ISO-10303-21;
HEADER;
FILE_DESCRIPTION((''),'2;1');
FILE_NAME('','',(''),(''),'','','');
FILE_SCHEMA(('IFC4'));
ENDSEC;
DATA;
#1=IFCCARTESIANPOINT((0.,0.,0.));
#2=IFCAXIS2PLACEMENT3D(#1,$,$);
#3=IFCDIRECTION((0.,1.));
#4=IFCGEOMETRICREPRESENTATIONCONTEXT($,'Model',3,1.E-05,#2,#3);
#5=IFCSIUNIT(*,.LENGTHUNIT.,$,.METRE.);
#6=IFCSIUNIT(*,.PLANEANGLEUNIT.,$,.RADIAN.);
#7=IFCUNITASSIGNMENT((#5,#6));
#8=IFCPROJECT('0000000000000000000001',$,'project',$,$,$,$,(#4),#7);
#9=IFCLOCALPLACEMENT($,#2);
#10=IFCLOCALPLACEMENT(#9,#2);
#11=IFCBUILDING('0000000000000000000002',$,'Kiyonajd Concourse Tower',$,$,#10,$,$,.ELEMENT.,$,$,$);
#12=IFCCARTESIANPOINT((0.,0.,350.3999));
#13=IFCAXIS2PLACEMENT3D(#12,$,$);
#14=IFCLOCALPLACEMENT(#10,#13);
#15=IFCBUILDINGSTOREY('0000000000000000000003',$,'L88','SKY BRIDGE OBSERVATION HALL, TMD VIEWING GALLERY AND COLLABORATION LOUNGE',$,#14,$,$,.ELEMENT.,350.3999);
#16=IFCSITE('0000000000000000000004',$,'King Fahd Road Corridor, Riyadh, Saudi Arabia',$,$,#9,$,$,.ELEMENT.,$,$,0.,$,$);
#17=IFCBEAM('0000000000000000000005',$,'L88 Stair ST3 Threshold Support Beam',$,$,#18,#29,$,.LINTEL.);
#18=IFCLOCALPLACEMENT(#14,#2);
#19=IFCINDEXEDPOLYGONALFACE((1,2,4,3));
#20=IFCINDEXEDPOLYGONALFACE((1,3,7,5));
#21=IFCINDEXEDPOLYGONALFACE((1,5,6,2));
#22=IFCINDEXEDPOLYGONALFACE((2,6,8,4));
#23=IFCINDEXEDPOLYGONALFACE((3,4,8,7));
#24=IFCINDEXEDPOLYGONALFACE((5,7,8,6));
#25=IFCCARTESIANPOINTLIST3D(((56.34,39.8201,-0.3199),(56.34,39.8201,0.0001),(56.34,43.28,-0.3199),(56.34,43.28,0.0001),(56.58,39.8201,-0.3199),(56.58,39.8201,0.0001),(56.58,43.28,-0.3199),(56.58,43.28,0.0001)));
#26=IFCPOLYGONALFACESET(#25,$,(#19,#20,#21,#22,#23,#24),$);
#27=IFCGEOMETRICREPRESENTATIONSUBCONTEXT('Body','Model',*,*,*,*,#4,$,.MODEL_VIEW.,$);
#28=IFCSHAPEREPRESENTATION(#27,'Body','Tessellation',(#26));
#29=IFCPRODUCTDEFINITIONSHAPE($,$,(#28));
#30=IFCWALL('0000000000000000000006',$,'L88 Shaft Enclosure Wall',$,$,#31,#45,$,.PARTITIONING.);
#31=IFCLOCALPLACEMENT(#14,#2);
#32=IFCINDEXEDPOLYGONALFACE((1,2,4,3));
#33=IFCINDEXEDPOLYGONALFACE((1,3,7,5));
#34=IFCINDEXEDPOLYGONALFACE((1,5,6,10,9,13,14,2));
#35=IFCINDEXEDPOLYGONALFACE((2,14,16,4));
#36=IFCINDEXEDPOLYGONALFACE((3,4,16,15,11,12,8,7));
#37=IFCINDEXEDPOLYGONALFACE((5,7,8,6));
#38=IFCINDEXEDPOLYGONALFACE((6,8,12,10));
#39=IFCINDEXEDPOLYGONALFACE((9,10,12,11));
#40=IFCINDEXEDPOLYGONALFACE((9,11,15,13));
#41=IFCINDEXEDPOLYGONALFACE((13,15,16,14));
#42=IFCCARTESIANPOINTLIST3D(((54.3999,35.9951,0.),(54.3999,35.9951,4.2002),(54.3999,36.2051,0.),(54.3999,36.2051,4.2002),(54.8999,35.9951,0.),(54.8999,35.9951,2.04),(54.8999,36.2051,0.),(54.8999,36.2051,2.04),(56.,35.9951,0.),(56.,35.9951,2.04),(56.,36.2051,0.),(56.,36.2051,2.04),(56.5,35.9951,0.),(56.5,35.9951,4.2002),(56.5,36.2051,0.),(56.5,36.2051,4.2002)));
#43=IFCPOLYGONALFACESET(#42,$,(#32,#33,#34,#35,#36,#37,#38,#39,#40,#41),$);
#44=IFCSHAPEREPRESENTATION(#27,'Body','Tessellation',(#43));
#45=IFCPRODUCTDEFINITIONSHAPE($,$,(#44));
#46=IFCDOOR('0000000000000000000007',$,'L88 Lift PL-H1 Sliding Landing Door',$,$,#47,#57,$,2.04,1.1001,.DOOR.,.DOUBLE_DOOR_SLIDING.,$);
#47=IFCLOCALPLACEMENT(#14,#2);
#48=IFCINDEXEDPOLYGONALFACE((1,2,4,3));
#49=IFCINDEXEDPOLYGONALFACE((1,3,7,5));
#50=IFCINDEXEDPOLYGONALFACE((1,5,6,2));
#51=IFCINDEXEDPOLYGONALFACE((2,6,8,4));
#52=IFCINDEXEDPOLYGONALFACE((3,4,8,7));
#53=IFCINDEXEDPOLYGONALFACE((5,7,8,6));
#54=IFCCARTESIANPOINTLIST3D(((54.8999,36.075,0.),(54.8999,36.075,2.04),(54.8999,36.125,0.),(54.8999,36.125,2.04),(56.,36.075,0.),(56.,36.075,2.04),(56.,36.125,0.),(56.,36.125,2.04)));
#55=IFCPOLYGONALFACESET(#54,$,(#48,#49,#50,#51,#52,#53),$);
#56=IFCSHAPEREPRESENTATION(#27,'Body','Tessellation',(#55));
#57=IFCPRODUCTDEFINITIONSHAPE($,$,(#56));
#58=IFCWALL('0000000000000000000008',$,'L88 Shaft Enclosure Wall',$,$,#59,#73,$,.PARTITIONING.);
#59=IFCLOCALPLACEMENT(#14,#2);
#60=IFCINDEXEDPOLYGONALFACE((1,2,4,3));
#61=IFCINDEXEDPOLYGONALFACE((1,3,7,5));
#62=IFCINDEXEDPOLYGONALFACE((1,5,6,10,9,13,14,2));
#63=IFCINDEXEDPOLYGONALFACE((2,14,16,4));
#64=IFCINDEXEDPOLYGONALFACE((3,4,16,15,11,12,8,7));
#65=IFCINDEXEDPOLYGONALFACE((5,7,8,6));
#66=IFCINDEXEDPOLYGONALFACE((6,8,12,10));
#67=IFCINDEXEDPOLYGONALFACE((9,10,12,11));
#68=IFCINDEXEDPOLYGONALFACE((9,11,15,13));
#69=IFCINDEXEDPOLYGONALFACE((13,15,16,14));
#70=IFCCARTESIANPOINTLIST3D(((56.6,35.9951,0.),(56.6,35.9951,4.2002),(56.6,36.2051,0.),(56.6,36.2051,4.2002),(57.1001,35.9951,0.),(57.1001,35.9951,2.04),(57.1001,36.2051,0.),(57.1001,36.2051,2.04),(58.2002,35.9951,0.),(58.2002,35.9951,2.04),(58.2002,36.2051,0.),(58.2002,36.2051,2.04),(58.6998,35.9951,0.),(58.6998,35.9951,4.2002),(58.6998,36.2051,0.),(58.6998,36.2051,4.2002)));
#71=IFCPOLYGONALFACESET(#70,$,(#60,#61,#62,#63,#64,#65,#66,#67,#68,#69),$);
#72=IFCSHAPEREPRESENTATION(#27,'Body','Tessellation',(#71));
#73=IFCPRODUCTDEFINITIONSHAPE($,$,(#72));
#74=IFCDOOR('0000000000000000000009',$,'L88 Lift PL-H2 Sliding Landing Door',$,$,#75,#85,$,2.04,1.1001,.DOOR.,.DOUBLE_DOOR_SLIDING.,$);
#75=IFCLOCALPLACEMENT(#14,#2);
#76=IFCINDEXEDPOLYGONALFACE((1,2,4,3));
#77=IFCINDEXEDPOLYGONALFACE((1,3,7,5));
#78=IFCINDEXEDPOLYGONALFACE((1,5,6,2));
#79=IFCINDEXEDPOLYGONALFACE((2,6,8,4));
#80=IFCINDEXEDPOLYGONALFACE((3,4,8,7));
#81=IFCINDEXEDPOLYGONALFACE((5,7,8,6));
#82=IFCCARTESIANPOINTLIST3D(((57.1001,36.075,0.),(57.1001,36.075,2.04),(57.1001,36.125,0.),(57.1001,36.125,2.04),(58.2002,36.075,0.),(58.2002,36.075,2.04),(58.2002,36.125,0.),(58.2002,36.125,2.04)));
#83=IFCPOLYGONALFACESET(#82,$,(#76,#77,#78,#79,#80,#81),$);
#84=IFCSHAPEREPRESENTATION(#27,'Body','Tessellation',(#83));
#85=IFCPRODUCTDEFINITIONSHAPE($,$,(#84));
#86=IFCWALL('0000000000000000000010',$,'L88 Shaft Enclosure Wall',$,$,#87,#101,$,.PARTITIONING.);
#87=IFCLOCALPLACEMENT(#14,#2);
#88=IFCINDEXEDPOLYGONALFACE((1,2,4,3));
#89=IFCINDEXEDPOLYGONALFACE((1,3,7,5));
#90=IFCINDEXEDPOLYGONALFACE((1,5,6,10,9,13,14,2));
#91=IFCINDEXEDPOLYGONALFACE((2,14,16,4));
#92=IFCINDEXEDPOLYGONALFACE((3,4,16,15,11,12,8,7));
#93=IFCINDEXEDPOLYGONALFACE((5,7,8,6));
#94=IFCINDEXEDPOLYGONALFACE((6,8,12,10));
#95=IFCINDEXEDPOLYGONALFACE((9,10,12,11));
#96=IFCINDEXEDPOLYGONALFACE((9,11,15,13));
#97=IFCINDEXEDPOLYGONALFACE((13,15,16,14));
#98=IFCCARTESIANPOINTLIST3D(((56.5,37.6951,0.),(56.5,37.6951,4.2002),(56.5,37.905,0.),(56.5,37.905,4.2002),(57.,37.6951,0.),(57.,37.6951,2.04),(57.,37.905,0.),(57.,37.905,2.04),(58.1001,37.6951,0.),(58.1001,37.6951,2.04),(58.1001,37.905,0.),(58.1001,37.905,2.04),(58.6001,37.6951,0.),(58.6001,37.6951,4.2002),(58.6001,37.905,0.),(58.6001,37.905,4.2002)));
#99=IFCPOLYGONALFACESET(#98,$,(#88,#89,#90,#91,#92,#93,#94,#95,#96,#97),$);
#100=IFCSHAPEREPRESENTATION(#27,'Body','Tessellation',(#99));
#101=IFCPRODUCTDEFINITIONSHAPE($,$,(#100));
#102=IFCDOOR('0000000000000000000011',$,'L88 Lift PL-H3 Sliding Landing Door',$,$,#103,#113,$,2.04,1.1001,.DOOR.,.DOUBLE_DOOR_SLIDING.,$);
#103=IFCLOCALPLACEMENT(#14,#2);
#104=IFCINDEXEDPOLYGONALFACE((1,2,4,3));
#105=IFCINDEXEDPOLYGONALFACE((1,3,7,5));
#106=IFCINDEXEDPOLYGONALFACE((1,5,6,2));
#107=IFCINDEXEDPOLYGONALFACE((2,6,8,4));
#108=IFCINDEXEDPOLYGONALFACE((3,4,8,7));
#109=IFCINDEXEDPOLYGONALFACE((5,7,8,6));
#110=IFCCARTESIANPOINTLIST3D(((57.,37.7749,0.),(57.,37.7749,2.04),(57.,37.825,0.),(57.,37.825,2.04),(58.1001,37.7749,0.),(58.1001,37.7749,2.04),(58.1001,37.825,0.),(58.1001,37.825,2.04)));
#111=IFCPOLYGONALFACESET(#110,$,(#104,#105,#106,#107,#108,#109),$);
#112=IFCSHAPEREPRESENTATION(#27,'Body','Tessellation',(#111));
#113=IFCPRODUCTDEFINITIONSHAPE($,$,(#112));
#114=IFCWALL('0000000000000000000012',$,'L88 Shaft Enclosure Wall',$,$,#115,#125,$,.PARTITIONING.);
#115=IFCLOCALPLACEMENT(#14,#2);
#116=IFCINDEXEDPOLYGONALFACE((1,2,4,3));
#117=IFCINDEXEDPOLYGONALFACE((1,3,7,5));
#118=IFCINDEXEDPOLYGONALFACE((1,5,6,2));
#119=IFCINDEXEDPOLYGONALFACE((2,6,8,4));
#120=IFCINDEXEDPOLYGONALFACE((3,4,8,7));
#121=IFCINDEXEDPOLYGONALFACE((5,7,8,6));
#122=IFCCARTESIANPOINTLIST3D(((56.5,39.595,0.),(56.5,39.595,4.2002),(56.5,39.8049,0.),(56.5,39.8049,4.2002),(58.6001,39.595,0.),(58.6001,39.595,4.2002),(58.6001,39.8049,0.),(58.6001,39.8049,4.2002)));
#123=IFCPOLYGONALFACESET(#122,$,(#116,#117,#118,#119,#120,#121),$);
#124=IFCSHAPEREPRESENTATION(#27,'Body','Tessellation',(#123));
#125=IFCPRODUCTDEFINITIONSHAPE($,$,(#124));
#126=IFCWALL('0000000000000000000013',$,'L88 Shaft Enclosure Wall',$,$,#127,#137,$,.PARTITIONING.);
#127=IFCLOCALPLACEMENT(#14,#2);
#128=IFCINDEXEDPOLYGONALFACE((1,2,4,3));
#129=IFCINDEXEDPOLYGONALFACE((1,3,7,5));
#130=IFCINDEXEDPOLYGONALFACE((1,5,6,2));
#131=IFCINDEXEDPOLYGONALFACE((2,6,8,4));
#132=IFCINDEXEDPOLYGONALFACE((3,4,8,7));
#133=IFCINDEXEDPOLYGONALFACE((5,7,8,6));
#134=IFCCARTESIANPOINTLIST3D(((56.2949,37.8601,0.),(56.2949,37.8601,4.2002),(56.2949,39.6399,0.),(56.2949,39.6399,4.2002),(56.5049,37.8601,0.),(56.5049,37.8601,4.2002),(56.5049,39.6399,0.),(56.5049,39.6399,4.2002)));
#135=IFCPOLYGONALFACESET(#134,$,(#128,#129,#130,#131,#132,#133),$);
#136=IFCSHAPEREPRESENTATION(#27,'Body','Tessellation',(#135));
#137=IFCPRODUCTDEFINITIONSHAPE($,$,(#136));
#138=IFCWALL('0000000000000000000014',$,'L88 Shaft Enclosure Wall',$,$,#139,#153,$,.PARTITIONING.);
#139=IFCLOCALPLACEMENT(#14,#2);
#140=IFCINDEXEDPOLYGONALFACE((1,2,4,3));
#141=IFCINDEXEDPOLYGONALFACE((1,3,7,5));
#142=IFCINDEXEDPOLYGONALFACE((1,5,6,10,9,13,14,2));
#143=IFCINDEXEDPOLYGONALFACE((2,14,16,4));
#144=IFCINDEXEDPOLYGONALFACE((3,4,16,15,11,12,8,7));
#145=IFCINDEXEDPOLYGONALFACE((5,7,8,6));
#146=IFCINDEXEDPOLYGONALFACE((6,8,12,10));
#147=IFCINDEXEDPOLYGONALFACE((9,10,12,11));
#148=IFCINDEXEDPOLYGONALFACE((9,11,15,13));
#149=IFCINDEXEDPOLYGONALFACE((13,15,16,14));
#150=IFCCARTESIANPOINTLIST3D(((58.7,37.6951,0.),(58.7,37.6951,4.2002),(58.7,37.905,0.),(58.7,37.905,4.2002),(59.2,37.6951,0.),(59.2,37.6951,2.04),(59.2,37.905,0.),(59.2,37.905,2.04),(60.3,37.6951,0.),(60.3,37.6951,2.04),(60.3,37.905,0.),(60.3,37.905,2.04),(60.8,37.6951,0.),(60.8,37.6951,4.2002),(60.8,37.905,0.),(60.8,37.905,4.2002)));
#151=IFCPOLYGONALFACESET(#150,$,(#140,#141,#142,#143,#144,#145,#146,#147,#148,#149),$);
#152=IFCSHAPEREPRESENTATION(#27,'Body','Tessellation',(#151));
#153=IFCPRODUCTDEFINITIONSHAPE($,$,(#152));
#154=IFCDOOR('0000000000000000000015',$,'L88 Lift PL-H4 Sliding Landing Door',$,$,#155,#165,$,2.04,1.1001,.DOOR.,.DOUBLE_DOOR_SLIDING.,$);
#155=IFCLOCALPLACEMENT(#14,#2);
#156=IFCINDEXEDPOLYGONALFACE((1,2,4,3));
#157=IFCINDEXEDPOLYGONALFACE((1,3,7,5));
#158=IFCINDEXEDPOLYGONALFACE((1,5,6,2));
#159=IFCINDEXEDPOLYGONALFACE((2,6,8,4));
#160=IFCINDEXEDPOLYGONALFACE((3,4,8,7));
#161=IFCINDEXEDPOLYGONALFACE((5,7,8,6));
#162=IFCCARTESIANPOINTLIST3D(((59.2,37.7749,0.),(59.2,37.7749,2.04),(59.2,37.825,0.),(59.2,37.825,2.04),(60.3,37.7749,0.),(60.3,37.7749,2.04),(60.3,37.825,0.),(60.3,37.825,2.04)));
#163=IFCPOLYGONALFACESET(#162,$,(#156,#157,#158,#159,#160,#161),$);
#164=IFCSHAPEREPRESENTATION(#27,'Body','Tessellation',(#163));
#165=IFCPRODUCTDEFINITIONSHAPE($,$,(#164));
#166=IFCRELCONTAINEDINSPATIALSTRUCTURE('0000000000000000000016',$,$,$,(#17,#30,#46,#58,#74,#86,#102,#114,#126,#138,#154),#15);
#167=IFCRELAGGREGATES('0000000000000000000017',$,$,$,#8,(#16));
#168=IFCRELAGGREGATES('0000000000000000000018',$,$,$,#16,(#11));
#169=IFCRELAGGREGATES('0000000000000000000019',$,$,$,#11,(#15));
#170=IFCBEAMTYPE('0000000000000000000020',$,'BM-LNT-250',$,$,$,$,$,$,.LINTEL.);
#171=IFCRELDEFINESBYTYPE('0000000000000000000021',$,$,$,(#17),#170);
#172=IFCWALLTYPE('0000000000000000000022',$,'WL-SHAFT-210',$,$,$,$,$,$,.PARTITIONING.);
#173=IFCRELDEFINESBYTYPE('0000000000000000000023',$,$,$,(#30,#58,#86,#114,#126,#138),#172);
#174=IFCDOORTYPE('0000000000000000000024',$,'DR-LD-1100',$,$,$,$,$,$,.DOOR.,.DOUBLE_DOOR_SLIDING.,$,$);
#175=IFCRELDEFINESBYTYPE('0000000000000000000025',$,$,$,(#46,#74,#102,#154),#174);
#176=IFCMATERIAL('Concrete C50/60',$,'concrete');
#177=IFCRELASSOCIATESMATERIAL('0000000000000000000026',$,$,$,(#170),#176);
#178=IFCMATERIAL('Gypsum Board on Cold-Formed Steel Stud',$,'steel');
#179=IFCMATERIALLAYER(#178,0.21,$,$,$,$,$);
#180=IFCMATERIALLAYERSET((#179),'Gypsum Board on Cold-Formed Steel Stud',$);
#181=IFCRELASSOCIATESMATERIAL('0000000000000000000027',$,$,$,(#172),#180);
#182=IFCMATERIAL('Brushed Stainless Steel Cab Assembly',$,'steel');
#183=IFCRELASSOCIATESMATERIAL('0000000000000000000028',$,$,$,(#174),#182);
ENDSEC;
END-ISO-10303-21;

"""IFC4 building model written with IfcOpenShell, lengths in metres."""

from ifc_helpers import new_model, si_unit, direction, frame, frame_2d, origin, origin_2d, place, context, subcontext, project, spatial, rectangle, extrude, material, layer, layer_set, material_profile, profile_set, type_object, element, fill, save


model = new_model("IFC4")

# Units and contexts
model_context = context("Model", 3, precision=1e-05, world=origin(), true_north=direction((0.0, 1.0)))
body_context = subcontext(model_context, "Body", "Model", "MODEL_VIEW")
ifc_project = project(units=[si_unit("LENGTHUNIT", "METRE"), si_unit("PLANEANGLEUNIT", "RADIAN")], contexts=[model_context])

# Site, building, storey
site_placement = place(None, origin())
site = spatial("IfcSite", under=ifc_project, at=site_placement, Name="King Fahd Road Corridor, Riyadh, Saudi Arabia", CompositionType="ELEMENT", RefElevation=0.0)
building_placement = place(site_placement, origin())
building = spatial("IfcBuilding", under=site, at=building_placement, Name="Kiyonajd Concourse Tower", CompositionType="ELEMENT")
storey_placement = place(building_placement, frame((0.0, 0.0, 350.3999)))
storey = spatial("IfcBuildingStorey", under=building, at=storey_placement, Name="L88", Description="SKY BRIDGE OBSERVATION HALL, TMD VIEWING GALLERY AND COLLABORATION LOUNGE", CompositionType="ELEMENT", Elevation=350.3999)

# Beam
ifc_material_1 = material(Name="Concrete C50/60", Category="concrete")
ifc_material_profile = material_profile(ifc_material_1, rectangle(XDim=0.24, YDim=0.3201, at=origin_2d()), Name="RCBM-240x320")
ifc_profile_set = profile_set([ifc_material_profile], Name="Concrete C50/60")
beam_type = type_object("IfcBeamType", Name="BM-LNT-250", PredefinedType="LINTEL", material=ifc_profile_set)
beam_placement = place(storey_placement, frame((56.46, 39.8201, -0.1599), z_axis=(0.0, 1.0, 0.0), x_axis=(-1.0, 0.0, 0.0)))
element("IfcBeam", 1, at=beam_placement, inside=storey, type_object=beam_type, Name="L88 Stair ST3 Threshold Support Beam", PredefinedType="LINTEL", context=body_context, shape_type="SweptSolid", body=[
    extrude(rectangle(XDim=0.24, YDim=0.3201, at=origin_2d()), origin(), (0.0, 0.0, 1.0), 3.46),
])

# Walls, openings, doors
ifc_material_2 = material(Name="Gypsum Board on Cold-Formed Steel Stud", Category="steel")
ifc_layer_1 = layer(ifc_material_2, 0.21)
ifc_layer_set_1 = layer_set([ifc_layer_1], Name="Gypsum Board on Cold-Formed Steel Stud")
wall_type_1 = type_object("IfcWallType", Name="WL-SHAFT-210", PredefinedType="PARTITIONING", material=ifc_layer_set_1)
wall_1_placement = place(storey_placement, frame((54.3999, 36.1001, 0.0), z_axis=(0.0, 0.0, 1.0), x_axis=(1.0, 0.0, 0.0)))
wall_1 = element("IfcWall", 2, at=wall_1_placement, inside=storey, type_object=wall_type_1, Name="L88 Shaft Enclosure Wall", PredefinedType="PARTITIONING", context=body_context, shape_type="SweptSolid", body=[
    extrude(rectangle(XDim=2.1001, YDim=0.21, at=frame_2d((1.05, 0.0))), origin(), (0.0, 0.0, 1.0), 4.2002),
])
opening_1_placement = place(wall_1_placement, frame((0.5, 0.0, 0.0)))
opening_1 = element("IfcOpeningElement", 3, at=opening_1_placement, cuts=wall_1, PredefinedType="OPENING", context=body_context, shape_type="SweptSolid", body=[
    extrude(rectangle(XDim=1.1001, YDim=2.04, at=frame_2d((0.55, 1.02))), frame((0.0, 0.115, 0.0), z_axis=(0.0, -1.0, 0.0), x_axis=(1.0, 0.0, 0.0)), (0.0, 0.0, 1.0), 0.23),
])
ifc_material_3 = material(Name="Brushed Stainless Steel Cab Assembly", Category="steel")
door_type_1 = type_object("IfcDoorType", Name="DR-LD-1100", OperationType="DOUBLE_DOOR_SLIDING", PredefinedType="DOOR", material=ifc_material_3)
door_1_placement = place(opening_1_placement, origin())
door_1 = element("IfcDoor", 4, at=door_1_placement, inside=storey, type_object=door_type_1, Name="L88 Lift PL-H1 Sliding Landing Door", OperationType="DOUBLE_DOOR_SLIDING", OverallHeight=2.04, OverallWidth=1.1001, PredefinedType="DOOR", context=body_context, shape_type="SweptSolid", body=[
    extrude(rectangle(XDim=1.1001, YDim=2.04, at=frame_2d((0.55, 1.02))), frame((0.0, 0.0249, 0.0), z_axis=(0.0, -1.0, 0.0), x_axis=(1.0, 0.0, 0.0)), (0.0, 0.0, 1.0), 0.05),
])
fill(opening_1, door_1)
wall_2_placement = place(storey_placement, frame((56.6001, 36.1001, 0.0), z_axis=(0.0, 0.0, 1.0), x_axis=(1.0, 0.0, 0.0)))
wall_2 = element("IfcWall", 5, at=wall_2_placement, inside=storey, type_object=wall_type_1, Name="L88 Shaft Enclosure Wall", PredefinedType="PARTITIONING", context=body_context, shape_type="SweptSolid", body=[
    extrude(rectangle(XDim=2.0999, YDim=0.21, at=frame_2d((1.0498, 0.0))), origin(), (0.0, 0.0, 1.0), 4.2002),
])
opening_2_placement = place(wall_2_placement, frame((0.5, 0.0, 0.0)))
opening_2 = element("IfcOpeningElement", 6, at=opening_2_placement, cuts=wall_2, PredefinedType="OPENING", context=body_context, shape_type="SweptSolid", body=[
    extrude(rectangle(XDim=1.1001, YDim=2.04, at=frame_2d((0.55, 1.02))), frame((0.0, 0.115, 0.0), z_axis=(0.0, -1.0, 0.0), x_axis=(1.0, 0.0, 0.0)), (0.0, 0.0, 1.0), 0.23),
])
door_2_placement = place(opening_2_placement, origin())
door_2 = element("IfcDoor", 7, at=door_2_placement, inside=storey, type_object=door_type_1, Name="L88 Lift PL-H2 Sliding Landing Door", OperationType="DOUBLE_DOOR_SLIDING", OverallHeight=2.04, OverallWidth=1.1001, PredefinedType="DOOR", context=body_context, shape_type="SweptSolid", body=[
    extrude(rectangle(XDim=1.1001, YDim=2.04, at=frame_2d((0.55, 1.02))), frame((0.0, 0.0249, 0.0), z_axis=(0.0, -1.0, 0.0), x_axis=(1.0, 0.0, 0.0)), (0.0, 0.0, 1.0), 0.05),
])
fill(opening_2, door_2)
wall_3_placement = place(storey_placement, frame((56.5, 37.8, 0.0), z_axis=(0.0, 0.0, 1.0), x_axis=(1.0, 0.0, 0.0)))
wall_3 = element("IfcWall", 8, at=wall_3_placement, inside=storey, type_object=wall_type_1, Name="L88 Shaft Enclosure Wall", PredefinedType="PARTITIONING", context=body_context, shape_type="SweptSolid", body=[
    extrude(rectangle(XDim=2.1001, YDim=0.21, at=frame_2d((1.05, 0.0))), origin(), (0.0, 0.0, 1.0), 4.2002),
])
opening_3_placement = place(wall_3_placement, frame((0.5, 0.0, 0.0)))
opening_3 = element("IfcOpeningElement", 9, at=opening_3_placement, cuts=wall_3, PredefinedType="OPENING", context=body_context, shape_type="SweptSolid", body=[
    extrude(rectangle(XDim=1.1001, YDim=2.04, at=frame_2d((0.55, 1.02))), frame((0.0, 0.115, 0.0), z_axis=(0.0, -1.0, 0.0), x_axis=(1.0, 0.0, 0.0)), (0.0, 0.0, 1.0), 0.23),
])
door_3_placement = place(opening_3_placement, origin())
door_3 = element("IfcDoor", 10, at=door_3_placement, inside=storey, type_object=door_type_1, Name="L88 Lift PL-H3 Sliding Landing Door", OperationType="DOUBLE_DOOR_SLIDING", OverallHeight=2.04, OverallWidth=1.1001, PredefinedType="DOOR", context=body_context, shape_type="SweptSolid", body=[
    extrude(rectangle(XDim=1.1001, YDim=2.04, at=frame_2d((0.55, 1.02))), frame((0.0, 0.0249, 0.0), z_axis=(0.0, -1.0, 0.0), x_axis=(1.0, 0.0, 0.0)), (0.0, 0.0, 1.0), 0.05),
])
fill(opening_3, door_3)

# Walls
wall_4_placement = place(storey_placement, frame((56.5, 39.7, 0.0), z_axis=(0.0, 0.0, 1.0), x_axis=(1.0, 0.0, 0.0)))
element("IfcWall", 11, at=wall_4_placement, inside=storey, type_object=wall_type_1, Name="L88 Shaft Enclosure Wall", PredefinedType="PARTITIONING", context=body_context, shape_type="SweptSolid", body=[
    extrude(rectangle(XDim=2.1001, YDim=0.21, at=frame_2d((1.05, 0.0))), origin(), (0.0, 0.0, 1.0), 4.2002),
])
wall_5_placement = place(storey_placement, frame((56.3999, 37.8601, 0.0), z_axis=(0.0, 0.0, 1.0), x_axis=(0.0, 1.0, 0.0)))
element("IfcWall", 12, at=wall_5_placement, inside=storey, type_object=wall_type_1, Name="L88 Shaft Enclosure Wall", PredefinedType="PARTITIONING", context=body_context, shape_type="SweptSolid", body=[
    extrude(rectangle(XDim=1.7798, YDim=0.21, at=frame_2d((0.8899, 0.0))), origin(), (0.0, 0.0, 1.0), 4.2002),
])

# Wall, opening, door
wall_6_placement = place(storey_placement, frame((58.7, 37.8, 0.0), z_axis=(0.0, 0.0, 1.0), x_axis=(1.0, 0.0, 0.0)))
wall_6 = element("IfcWall", 13, at=wall_6_placement, inside=storey, type_object=wall_type_1, Name="L88 Shaft Enclosure Wall", PredefinedType="PARTITIONING", context=body_context, shape_type="SweptSolid", body=[
    extrude(rectangle(XDim=2.1001, YDim=0.21, at=frame_2d((1.05, 0.0))), origin(), (0.0, 0.0, 1.0), 4.2002),
])
opening_4_placement = place(wall_6_placement, frame((0.5, 0.0, 0.0)))
opening_4 = element("IfcOpeningElement", 14, at=opening_4_placement, cuts=wall_6, PredefinedType="OPENING", context=body_context, shape_type="SweptSolid", body=[
    extrude(rectangle(XDim=1.1001, YDim=2.04, at=frame_2d((0.55, 1.02))), frame((0.0, 0.115, 0.0), z_axis=(0.0, -1.0, 0.0), x_axis=(1.0, 0.0, 0.0)), (0.0, 0.0, 1.0), 0.23),
])
door_4_placement = place(opening_4_placement, origin())
door_4 = element("IfcDoor", 15, at=door_4_placement, inside=storey, type_object=door_type_1, Name="L88 Lift PL-H4 Sliding Landing Door", OperationType="DOUBLE_DOOR_SLIDING", OverallHeight=2.04, OverallWidth=1.1001, PredefinedType="DOOR", context=body_context, shape_type="SweptSolid", body=[
    extrude(rectangle(XDim=1.1001, YDim=2.04, at=frame_2d((0.55, 1.02))), frame((0.0, 0.0249, 0.0), z_axis=(0.0, -1.0, 0.0), x_axis=(1.0, 0.0, 0.0)), (0.0, 0.0, 1.0), 0.05),
])
fill(opening_4, door_4)

save(model, "model.ifc")
